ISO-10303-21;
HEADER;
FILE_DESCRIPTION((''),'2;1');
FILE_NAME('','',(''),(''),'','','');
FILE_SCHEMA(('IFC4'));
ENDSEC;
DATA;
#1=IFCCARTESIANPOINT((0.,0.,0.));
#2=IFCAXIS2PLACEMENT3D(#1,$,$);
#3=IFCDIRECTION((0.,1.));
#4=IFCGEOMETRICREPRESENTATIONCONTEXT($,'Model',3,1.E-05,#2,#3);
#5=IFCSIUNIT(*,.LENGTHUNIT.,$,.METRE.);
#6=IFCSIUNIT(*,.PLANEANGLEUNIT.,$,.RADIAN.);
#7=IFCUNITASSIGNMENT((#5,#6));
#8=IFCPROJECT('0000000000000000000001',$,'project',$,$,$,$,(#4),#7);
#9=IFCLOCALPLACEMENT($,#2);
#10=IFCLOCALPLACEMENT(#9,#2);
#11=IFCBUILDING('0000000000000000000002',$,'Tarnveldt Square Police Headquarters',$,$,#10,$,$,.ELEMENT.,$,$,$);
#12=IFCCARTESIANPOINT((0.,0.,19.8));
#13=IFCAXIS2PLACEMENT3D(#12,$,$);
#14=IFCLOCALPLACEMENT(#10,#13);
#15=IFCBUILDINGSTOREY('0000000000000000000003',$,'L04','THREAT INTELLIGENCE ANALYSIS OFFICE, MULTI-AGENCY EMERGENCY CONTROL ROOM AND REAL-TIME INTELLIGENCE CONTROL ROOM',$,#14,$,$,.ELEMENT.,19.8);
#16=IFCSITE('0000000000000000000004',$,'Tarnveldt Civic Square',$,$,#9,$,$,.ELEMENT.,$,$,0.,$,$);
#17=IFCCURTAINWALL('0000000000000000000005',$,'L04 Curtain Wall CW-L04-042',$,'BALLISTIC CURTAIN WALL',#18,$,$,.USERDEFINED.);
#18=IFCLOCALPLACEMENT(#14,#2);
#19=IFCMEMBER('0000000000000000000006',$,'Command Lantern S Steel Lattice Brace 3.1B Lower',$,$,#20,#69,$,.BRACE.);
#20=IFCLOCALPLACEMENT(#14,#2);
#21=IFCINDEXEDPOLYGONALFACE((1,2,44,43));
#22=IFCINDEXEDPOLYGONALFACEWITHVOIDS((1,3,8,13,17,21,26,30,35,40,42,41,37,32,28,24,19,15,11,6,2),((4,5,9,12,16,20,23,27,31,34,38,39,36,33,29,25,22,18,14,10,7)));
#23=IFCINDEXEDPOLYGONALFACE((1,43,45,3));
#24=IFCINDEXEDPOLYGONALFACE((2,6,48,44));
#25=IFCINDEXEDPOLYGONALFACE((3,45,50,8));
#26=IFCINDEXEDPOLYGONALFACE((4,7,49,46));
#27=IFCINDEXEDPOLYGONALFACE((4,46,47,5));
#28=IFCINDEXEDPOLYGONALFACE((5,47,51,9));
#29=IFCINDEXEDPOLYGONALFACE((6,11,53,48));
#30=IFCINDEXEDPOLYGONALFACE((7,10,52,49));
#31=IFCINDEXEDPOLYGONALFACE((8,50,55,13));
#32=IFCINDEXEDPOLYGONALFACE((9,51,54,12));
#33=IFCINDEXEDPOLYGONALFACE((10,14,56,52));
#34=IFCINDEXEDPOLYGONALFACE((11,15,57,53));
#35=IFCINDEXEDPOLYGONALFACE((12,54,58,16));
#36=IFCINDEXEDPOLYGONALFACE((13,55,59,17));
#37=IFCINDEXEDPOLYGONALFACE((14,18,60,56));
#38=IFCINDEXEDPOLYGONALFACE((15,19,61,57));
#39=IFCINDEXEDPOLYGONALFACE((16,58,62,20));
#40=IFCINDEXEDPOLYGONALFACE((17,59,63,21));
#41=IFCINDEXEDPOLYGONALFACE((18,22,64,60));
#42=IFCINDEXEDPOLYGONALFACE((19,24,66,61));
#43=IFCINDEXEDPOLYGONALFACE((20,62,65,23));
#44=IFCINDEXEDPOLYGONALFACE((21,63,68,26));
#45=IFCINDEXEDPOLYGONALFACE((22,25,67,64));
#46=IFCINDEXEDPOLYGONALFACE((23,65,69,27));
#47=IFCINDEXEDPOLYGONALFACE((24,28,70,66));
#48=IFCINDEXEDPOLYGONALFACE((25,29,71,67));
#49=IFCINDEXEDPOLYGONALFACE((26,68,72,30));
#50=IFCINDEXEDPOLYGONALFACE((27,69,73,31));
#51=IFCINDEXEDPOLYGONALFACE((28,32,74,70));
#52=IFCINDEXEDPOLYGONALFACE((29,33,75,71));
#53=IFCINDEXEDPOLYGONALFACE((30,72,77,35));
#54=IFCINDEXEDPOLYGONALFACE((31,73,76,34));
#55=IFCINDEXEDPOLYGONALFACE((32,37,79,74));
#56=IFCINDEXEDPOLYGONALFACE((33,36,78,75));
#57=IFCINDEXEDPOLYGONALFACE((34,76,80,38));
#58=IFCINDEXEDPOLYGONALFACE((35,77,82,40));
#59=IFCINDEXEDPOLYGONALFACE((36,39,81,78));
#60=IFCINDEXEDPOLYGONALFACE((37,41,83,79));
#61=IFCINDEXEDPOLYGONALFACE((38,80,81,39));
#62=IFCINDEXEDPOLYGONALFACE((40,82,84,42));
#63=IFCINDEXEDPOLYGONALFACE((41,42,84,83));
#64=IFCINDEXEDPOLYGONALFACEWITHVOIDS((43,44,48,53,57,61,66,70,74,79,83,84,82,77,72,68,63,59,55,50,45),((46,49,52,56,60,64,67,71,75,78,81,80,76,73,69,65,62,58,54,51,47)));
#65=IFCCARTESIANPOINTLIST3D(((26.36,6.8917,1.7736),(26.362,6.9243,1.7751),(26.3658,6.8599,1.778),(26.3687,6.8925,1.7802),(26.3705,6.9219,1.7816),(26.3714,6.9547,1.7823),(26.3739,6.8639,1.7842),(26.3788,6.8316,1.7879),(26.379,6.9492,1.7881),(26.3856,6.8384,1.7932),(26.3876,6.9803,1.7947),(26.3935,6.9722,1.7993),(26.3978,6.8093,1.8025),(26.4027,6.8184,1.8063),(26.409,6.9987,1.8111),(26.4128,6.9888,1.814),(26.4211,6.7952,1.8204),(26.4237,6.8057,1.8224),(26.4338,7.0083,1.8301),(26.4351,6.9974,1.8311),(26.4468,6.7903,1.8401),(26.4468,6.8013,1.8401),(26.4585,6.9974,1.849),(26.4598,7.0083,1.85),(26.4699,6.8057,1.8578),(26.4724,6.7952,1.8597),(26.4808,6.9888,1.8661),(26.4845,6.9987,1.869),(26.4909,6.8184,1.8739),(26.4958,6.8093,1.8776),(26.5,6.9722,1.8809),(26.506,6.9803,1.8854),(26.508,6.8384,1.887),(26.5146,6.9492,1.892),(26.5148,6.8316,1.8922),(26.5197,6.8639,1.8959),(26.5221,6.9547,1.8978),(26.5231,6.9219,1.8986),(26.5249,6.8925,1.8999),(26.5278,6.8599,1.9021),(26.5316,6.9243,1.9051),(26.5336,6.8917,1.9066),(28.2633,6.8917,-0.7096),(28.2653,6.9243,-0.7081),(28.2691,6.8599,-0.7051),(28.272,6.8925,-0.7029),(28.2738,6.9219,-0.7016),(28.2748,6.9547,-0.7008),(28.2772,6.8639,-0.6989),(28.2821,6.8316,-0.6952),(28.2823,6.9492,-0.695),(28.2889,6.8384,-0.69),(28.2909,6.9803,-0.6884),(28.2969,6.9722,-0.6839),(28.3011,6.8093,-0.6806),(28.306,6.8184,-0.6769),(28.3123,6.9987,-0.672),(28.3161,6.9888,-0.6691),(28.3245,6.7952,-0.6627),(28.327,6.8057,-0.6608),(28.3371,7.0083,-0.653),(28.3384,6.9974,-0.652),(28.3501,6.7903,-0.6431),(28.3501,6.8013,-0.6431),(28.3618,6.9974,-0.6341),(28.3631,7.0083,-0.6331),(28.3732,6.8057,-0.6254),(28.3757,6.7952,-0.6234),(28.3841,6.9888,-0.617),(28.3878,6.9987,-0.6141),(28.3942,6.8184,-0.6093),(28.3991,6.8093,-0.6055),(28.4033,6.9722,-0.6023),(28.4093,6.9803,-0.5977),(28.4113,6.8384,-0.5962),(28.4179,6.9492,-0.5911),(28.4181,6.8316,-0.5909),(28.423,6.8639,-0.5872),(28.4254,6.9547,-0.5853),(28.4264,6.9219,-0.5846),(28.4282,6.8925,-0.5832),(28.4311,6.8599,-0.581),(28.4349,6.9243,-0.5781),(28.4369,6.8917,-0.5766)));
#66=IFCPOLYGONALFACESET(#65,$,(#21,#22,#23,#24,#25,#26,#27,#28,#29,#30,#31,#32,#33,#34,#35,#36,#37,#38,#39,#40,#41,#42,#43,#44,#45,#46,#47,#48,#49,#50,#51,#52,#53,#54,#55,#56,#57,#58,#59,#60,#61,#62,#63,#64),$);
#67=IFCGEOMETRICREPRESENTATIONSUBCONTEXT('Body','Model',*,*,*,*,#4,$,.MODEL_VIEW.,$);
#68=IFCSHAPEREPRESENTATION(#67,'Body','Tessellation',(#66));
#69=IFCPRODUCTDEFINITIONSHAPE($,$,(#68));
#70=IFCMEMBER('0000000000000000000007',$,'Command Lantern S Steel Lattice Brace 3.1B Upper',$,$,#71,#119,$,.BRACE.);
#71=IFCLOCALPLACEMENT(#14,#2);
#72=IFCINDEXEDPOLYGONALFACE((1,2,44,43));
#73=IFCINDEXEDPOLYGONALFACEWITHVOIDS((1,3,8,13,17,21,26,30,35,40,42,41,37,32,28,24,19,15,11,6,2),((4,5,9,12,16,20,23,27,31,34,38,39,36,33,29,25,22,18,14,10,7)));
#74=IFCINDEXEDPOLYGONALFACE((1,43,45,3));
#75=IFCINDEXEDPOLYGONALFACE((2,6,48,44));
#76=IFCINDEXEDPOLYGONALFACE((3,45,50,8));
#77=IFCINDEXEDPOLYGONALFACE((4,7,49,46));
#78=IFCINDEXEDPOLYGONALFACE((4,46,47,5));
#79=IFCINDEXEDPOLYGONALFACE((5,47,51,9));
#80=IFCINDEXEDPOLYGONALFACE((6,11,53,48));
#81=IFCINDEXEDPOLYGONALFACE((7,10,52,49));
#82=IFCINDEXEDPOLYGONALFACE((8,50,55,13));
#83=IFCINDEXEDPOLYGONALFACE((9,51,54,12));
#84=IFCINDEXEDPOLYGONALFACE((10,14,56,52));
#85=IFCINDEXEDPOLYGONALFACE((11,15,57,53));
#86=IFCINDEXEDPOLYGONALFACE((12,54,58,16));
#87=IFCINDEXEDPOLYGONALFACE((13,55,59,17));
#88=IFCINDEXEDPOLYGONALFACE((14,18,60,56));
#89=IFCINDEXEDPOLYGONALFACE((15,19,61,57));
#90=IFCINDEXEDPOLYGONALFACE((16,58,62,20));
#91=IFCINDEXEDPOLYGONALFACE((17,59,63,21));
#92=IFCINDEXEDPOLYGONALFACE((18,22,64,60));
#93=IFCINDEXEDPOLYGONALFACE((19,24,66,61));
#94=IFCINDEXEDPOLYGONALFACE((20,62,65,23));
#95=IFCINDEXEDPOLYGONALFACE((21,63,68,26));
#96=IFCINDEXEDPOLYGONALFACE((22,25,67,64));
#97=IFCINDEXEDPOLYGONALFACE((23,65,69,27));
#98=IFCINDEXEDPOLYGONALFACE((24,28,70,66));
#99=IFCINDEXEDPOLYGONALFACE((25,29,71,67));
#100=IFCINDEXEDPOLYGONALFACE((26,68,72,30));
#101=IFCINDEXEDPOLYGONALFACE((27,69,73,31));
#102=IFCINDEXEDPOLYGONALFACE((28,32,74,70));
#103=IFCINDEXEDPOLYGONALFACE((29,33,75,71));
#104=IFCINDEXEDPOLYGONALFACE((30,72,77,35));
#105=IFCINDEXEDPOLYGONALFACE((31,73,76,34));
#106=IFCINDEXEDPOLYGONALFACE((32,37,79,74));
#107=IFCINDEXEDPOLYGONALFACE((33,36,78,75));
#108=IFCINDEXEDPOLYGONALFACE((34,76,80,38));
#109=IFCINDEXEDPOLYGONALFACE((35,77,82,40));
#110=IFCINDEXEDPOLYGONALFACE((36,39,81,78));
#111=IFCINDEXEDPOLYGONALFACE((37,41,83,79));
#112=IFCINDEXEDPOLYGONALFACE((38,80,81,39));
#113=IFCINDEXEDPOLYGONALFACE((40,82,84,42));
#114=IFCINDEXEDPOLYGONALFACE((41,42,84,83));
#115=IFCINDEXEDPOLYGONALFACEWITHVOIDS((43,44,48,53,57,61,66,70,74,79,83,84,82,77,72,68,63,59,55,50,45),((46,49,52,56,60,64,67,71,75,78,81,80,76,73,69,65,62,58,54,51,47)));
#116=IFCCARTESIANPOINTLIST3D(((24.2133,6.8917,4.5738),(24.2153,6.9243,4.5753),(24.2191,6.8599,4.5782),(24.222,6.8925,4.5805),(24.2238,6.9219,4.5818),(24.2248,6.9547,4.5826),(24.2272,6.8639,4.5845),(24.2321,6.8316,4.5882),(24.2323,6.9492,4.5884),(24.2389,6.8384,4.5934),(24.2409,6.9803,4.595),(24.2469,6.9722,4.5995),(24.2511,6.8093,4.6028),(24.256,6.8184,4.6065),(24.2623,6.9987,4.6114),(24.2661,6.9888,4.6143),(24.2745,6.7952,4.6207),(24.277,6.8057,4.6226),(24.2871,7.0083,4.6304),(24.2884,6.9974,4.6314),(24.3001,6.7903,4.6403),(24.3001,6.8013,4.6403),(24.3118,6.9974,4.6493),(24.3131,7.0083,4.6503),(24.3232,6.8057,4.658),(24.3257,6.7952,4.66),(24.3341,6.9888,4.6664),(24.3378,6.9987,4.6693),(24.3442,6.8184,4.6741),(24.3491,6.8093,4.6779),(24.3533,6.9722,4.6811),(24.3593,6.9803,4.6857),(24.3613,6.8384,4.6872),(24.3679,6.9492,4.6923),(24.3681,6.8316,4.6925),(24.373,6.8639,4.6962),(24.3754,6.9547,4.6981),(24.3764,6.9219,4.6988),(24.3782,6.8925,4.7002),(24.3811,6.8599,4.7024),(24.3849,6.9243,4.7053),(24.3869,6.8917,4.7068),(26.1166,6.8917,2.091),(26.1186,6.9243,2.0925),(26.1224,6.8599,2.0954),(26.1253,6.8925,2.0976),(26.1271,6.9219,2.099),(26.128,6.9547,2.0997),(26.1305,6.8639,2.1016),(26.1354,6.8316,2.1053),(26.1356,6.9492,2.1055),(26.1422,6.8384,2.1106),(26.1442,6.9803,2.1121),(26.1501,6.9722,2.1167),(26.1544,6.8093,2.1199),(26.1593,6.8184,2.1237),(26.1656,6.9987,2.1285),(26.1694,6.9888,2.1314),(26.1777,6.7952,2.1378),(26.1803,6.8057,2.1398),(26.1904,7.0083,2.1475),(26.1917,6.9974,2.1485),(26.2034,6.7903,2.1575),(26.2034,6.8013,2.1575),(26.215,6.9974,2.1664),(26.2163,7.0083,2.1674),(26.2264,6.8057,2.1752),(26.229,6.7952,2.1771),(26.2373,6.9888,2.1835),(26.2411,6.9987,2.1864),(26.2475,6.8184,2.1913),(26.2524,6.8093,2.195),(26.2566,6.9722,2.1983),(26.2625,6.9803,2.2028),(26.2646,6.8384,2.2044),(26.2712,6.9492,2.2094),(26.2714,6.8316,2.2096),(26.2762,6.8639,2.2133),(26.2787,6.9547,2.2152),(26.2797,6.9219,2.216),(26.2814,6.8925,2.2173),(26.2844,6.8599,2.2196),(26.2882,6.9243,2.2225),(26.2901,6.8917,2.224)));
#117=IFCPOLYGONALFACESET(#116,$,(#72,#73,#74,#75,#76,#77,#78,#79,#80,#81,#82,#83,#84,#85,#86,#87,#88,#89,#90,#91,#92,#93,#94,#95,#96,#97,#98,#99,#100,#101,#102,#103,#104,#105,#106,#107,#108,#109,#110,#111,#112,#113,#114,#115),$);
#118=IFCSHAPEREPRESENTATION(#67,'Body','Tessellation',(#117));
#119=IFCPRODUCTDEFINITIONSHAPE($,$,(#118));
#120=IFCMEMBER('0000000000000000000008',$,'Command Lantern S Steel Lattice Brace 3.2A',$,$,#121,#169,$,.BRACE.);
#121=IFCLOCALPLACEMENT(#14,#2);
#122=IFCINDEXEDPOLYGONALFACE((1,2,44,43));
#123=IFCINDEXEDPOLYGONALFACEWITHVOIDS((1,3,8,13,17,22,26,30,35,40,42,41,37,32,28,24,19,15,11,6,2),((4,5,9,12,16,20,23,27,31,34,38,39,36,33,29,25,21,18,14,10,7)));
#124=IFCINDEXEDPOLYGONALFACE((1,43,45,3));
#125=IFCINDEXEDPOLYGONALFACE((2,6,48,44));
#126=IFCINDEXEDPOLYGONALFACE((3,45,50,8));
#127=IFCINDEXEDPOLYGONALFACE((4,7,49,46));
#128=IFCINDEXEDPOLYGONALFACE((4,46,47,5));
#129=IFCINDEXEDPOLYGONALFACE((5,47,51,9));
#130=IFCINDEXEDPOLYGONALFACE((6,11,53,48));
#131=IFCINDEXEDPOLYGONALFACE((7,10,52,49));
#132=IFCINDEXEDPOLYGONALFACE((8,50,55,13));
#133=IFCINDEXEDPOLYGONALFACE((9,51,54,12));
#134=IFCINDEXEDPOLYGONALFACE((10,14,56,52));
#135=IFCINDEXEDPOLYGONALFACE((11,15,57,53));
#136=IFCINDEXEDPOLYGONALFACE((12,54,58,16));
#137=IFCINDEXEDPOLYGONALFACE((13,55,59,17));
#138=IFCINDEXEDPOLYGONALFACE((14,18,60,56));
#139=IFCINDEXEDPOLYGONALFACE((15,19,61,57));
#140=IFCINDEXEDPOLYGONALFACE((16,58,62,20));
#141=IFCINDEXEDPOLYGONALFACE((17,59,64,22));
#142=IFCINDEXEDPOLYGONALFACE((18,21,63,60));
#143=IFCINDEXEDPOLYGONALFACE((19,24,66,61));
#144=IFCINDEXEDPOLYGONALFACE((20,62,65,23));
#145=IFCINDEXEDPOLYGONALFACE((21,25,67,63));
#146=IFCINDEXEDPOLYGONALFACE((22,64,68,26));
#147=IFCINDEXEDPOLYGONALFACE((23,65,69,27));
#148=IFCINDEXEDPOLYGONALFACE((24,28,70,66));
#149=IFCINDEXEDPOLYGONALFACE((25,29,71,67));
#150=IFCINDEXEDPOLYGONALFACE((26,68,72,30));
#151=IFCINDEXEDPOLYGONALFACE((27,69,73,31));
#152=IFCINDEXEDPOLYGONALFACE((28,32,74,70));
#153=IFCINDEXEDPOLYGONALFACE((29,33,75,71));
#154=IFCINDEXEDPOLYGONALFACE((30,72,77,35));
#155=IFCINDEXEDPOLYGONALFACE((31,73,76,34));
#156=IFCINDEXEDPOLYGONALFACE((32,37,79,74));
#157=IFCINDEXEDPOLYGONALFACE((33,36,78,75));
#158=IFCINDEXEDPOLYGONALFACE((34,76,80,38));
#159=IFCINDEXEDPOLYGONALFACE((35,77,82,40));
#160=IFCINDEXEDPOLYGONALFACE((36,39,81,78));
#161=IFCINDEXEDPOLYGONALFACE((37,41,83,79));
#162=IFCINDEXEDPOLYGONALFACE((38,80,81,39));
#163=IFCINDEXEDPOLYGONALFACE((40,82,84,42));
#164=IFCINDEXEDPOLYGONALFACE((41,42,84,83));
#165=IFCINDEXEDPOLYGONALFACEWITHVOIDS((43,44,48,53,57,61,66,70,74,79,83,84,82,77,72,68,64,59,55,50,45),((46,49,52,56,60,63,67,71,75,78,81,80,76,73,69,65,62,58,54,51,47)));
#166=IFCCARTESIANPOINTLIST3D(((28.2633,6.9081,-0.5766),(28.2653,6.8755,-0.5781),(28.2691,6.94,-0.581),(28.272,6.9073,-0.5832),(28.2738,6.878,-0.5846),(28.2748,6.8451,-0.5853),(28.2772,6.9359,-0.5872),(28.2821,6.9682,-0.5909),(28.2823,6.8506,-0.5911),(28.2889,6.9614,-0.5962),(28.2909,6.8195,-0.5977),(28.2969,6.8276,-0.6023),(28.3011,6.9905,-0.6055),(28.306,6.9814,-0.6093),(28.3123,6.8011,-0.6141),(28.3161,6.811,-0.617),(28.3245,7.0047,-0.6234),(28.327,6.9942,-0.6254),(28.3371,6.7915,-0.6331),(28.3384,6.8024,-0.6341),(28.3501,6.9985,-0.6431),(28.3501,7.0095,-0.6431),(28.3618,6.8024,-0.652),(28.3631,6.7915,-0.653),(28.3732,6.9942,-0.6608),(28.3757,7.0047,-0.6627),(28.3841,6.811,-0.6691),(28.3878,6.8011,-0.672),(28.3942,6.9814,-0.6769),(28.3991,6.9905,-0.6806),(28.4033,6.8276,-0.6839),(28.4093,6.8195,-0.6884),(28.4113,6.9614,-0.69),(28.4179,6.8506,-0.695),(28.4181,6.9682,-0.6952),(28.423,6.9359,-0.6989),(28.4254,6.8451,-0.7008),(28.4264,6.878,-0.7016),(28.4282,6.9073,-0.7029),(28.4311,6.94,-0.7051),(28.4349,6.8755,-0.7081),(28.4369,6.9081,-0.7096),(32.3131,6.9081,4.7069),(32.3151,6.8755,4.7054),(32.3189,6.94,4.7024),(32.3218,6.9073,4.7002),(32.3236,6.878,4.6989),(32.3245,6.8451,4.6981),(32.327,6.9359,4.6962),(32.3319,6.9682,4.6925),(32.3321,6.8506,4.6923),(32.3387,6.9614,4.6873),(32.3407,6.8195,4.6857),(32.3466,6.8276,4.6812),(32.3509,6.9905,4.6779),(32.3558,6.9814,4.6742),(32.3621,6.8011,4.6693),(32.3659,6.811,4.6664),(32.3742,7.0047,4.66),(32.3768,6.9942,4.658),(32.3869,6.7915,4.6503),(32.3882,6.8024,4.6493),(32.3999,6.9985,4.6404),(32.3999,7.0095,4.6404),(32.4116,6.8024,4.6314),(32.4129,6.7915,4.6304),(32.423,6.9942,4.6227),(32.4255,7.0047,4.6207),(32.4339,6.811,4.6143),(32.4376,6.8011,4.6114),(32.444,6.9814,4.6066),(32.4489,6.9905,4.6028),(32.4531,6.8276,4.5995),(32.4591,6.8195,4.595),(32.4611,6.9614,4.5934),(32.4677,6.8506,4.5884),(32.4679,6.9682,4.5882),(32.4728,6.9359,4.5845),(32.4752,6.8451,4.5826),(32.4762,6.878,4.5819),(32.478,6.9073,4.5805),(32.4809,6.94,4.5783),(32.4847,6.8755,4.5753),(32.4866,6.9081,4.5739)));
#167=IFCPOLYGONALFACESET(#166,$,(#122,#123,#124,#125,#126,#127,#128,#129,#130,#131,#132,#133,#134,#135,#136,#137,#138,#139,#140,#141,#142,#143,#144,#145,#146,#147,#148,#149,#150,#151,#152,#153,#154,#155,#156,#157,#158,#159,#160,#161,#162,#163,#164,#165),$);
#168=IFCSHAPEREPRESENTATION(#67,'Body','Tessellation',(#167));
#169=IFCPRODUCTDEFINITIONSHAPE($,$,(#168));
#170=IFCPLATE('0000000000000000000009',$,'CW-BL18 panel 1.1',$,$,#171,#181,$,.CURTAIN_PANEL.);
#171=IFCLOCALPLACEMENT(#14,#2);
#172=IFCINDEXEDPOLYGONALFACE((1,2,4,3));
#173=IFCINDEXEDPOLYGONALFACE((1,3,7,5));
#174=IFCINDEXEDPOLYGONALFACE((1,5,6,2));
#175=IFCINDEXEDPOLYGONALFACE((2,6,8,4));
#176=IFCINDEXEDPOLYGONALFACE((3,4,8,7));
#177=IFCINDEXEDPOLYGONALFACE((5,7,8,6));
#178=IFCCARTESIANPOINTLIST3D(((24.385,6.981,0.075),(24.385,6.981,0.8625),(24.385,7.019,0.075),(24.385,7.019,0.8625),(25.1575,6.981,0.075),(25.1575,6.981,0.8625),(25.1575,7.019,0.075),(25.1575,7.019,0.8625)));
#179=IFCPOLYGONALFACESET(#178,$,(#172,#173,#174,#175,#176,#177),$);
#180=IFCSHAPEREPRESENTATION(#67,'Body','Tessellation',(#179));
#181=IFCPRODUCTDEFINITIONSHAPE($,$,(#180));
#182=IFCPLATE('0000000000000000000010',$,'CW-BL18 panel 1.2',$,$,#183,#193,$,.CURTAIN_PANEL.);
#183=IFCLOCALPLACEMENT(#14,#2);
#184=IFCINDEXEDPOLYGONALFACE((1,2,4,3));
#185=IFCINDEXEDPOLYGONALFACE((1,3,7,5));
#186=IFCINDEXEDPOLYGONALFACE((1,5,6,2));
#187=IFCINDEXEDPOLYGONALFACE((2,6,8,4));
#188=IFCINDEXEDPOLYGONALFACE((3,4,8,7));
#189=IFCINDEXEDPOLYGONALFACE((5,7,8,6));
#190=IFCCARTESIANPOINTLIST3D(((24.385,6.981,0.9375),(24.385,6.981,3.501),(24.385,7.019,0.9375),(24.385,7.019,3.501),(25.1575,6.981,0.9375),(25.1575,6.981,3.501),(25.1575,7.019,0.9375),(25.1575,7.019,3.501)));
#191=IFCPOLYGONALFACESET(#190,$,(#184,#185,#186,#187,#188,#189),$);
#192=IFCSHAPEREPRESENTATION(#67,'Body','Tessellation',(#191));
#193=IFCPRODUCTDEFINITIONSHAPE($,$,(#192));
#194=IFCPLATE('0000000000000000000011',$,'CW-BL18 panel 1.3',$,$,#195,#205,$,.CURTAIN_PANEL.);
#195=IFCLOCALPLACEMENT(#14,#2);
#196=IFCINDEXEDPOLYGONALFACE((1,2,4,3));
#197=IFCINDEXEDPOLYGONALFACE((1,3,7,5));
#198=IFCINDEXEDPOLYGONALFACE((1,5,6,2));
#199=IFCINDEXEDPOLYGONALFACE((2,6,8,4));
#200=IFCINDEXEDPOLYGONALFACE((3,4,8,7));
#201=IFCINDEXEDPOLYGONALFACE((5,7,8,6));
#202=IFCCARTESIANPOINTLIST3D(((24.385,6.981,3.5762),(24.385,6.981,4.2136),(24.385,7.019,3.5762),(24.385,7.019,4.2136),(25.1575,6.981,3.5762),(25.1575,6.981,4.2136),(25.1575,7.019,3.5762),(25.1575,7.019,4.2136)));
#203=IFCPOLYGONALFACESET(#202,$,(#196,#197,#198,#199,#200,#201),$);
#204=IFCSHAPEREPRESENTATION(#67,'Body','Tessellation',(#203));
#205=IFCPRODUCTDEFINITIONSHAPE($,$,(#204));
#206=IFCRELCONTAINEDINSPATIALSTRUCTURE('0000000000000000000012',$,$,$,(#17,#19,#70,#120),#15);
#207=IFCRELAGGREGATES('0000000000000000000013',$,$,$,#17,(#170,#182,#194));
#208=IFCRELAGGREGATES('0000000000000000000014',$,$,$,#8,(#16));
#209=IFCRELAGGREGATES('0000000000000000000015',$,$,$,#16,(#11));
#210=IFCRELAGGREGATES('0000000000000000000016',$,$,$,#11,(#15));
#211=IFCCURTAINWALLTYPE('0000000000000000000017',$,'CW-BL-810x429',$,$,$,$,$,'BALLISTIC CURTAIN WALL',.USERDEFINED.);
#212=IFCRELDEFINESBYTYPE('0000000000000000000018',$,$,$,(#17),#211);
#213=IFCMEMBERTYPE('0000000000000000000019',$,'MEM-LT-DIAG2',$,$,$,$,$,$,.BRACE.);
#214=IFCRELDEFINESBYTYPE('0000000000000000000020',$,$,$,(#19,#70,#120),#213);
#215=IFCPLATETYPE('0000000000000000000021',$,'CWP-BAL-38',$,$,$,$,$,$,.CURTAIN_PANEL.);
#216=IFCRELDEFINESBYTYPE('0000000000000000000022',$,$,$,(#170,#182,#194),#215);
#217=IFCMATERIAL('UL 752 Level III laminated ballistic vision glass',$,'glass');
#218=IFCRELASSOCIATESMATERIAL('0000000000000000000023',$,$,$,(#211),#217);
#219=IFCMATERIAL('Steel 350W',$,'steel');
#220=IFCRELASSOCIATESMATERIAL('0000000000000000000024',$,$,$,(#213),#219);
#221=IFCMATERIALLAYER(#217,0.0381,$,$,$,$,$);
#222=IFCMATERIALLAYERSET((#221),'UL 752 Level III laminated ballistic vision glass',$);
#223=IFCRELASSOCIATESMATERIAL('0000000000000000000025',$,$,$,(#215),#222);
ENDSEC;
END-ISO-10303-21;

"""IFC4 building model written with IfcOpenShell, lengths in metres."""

from ifc_helpers import new_model, si_unit, direction, frame, origin, origin_2d, place, context, subcontext, project, spatial, rectangle, hollow_circle, extrude, material, layer, layer_set, material_profile, profile_set, type_object, element, aggregate, save


model = new_model("IFC4")

# Units and contexts
model_context = context("Model", 3, precision=1e-05, world=origin(), true_north=direction((0.0, 1.0)))
body_context = subcontext(model_context, "Body", "Model", "MODEL_VIEW")
ifc_project = project(units=[si_unit("LENGTHUNIT", "METRE"), si_unit("PLANEANGLEUNIT", "RADIAN")], contexts=[model_context])

# Site, building, storey
site_placement = place(None, origin())
site = spatial("IfcSite", under=ifc_project, at=site_placement, Name="Tarnveldt Civic Square", CompositionType="ELEMENT", RefElevation=0.0)
building_placement = place(site_placement, origin())
building = spatial("IfcBuilding", under=site, at=building_placement, Name="Tarnveldt Square Police Headquarters", CompositionType="ELEMENT")
storey_placement = place(building_placement, frame((0.0, 0.0, 19.8)))
storey = spatial("IfcBuildingStorey", under=building, at=storey_placement, Name="L04", Description="THREAT INTELLIGENCE ANALYSIS OFFICE, MULTI-AGENCY EMERGENCY CONTROL ROOM AND REAL-TIME INTELLIGENCE CONTROL ROOM", CompositionType="ELEMENT", Elevation=19.8)

# Shared definitions
ifc_material_1 = material(Name="Steel 350W", Category="steel")

# Curtain wall
ifc_material_2 = material(Name="UL 752 Level III laminated ballistic vision glass", Category="glass")
curtain_wall_type = type_object("IfcCurtainWallType", Name="CW-BL-810x429", ElementType="BALLISTIC CURTAIN WALL", PredefinedType="USERDEFINED", material=ifc_material_2)
curtain_wall_placement = place(storey_placement, origin())
curtain_wall = element("IfcCurtainWall", 1, at=curtain_wall_placement, inside=storey, type_object=curtain_wall_type, Name="L04 Curtain Wall CW-L04-042", ObjectType="BALLISTIC CURTAIN WALL", PredefinedType="USERDEFINED")

# Members
ifc_material_profile_1 = material_profile(ifc_material_1, hollow_circle(Radius=0.1096, WallThickness=0.011, at=origin_2d()), Name="HSS219x11")
ifc_profile_set_1 = profile_set([ifc_material_profile_1], Name="Steel 350W")
member_type_1 = type_object("IfcMemberType", Name="MEM-LT-DIAG2", PredefinedType="BRACE", material=ifc_profile_set_1)
member_1_placement = place(storey_placement, frame((28.3501, 6.8999, -0.6431), z_axis=(-0.608345, 0.0, 0.793673), x_axis=(0.0, -1.0, 0.0)))
element("IfcMember", 2, at=member_1_placement, inside=storey, type_object=member_type_1, Name="Command Lantern S Steel Lattice Brace 3.1B Lower", PredefinedType="BRACE", context=body_context, shape_type="SweptSolid", body=[
    extrude(hollow_circle(Radius=0.1096, WallThickness=0.011, at=origin_2d()), origin(), (0.0, 0.0, 1.0), 3.1287),
])
member_2_placement = place(storey_placement, frame((26.2034, 6.8999, 2.1575), z_axis=(-0.608382, 0.0, 0.793644), x_axis=(0.0, -1.0, 0.0)))
element("IfcMember", 3, at=member_2_placement, inside=storey, type_object=member_type_1, Name="Command Lantern S Steel Lattice Brace 3.1B Upper", PredefinedType="BRACE", context=body_context, shape_type="SweptSolid", body=[
    extrude(hollow_circle(Radius=0.1096, WallThickness=0.011, at=origin_2d()), origin(), (0.0, 0.0, 1.0), 3.1284),
])
member_3_placement = place(storey_placement, frame((28.3501, 6.8999, -0.6431), z_axis=(0.608352, 0.0, 0.793667), x_axis=(0.0, 1.0, 0.0)))
element("IfcMember", 4, at=member_3_placement, inside=storey, type_object=member_type_1, Name="Command Lantern S Steel Lattice Brace 3.2A", PredefinedType="BRACE", context=body_context, shape_type="SweptSolid", body=[
    extrude(hollow_circle(Radius=0.1096, WallThickness=0.011, at=origin_2d()), origin(), (0.0, 0.0, 1.0), 6.657),
])

# Plates
ifc_layer_1 = layer(ifc_material_2, 0.0381)
ifc_layer_set_1 = layer_set([ifc_layer_1], Name="UL 752 Level III laminated ballistic vision glass")
plate_type_1 = type_object("IfcPlateType", Name="CWP-BAL-38", PredefinedType="CURTAIN_PANEL", material=ifc_layer_set_1)
plate_1_placement = place(storey_placement, frame((24.7712, 7.0, 0.075), z_axis=(0.0, 0.0, 1.0), x_axis=(1.0, 0.0, 0.0)))
plate_1 = element("IfcPlate", 5, at=plate_1_placement, type_object=plate_type_1, Name="CW-BL18 panel 1.1", PredefinedType="CURTAIN_PANEL", context=body_context, shape_type="SweptSolid", body=[
    extrude(rectangle(XDim=0.7725, YDim=0.0381, at=origin_2d()), origin(), (0.0, 0.0, 1.0), 0.7876),
])
plate_2_placement = place(storey_placement, frame((24.7712, 7.0, 0.9375), z_axis=(0.0, 0.0, 1.0), x_axis=(1.0, 0.0, 0.0)))
plate_2 = element("IfcPlate", 6, at=plate_2_placement, type_object=plate_type_1, Name="CW-BL18 panel 1.2", PredefinedType="CURTAIN_PANEL", context=body_context, shape_type="SweptSolid", body=[
    extrude(rectangle(XDim=0.7725, YDim=0.0381, at=origin_2d()), origin(), (0.0, 0.0, 1.0), 2.5635),
])
plate_3_placement = place(storey_placement, frame((24.7712, 7.0, 3.5762), z_axis=(0.0, 0.0, 1.0), x_axis=(1.0, 0.0, 0.0)))
plate_3 = element("IfcPlate", 7, at=plate_3_placement, type_object=plate_type_1, Name="CW-BL18 panel 1.3", PredefinedType="CURTAIN_PANEL", context=body_context, shape_type="SweptSolid", body=[
    extrude(rectangle(XDim=0.7725, YDim=0.0381, at=origin_2d()), origin(), (0.0, 0.0, 1.0), 0.6375),
])
aggregate(curtain_wall, [plate_1, plate_2, plate_3])

save(model, "model.ifc")
